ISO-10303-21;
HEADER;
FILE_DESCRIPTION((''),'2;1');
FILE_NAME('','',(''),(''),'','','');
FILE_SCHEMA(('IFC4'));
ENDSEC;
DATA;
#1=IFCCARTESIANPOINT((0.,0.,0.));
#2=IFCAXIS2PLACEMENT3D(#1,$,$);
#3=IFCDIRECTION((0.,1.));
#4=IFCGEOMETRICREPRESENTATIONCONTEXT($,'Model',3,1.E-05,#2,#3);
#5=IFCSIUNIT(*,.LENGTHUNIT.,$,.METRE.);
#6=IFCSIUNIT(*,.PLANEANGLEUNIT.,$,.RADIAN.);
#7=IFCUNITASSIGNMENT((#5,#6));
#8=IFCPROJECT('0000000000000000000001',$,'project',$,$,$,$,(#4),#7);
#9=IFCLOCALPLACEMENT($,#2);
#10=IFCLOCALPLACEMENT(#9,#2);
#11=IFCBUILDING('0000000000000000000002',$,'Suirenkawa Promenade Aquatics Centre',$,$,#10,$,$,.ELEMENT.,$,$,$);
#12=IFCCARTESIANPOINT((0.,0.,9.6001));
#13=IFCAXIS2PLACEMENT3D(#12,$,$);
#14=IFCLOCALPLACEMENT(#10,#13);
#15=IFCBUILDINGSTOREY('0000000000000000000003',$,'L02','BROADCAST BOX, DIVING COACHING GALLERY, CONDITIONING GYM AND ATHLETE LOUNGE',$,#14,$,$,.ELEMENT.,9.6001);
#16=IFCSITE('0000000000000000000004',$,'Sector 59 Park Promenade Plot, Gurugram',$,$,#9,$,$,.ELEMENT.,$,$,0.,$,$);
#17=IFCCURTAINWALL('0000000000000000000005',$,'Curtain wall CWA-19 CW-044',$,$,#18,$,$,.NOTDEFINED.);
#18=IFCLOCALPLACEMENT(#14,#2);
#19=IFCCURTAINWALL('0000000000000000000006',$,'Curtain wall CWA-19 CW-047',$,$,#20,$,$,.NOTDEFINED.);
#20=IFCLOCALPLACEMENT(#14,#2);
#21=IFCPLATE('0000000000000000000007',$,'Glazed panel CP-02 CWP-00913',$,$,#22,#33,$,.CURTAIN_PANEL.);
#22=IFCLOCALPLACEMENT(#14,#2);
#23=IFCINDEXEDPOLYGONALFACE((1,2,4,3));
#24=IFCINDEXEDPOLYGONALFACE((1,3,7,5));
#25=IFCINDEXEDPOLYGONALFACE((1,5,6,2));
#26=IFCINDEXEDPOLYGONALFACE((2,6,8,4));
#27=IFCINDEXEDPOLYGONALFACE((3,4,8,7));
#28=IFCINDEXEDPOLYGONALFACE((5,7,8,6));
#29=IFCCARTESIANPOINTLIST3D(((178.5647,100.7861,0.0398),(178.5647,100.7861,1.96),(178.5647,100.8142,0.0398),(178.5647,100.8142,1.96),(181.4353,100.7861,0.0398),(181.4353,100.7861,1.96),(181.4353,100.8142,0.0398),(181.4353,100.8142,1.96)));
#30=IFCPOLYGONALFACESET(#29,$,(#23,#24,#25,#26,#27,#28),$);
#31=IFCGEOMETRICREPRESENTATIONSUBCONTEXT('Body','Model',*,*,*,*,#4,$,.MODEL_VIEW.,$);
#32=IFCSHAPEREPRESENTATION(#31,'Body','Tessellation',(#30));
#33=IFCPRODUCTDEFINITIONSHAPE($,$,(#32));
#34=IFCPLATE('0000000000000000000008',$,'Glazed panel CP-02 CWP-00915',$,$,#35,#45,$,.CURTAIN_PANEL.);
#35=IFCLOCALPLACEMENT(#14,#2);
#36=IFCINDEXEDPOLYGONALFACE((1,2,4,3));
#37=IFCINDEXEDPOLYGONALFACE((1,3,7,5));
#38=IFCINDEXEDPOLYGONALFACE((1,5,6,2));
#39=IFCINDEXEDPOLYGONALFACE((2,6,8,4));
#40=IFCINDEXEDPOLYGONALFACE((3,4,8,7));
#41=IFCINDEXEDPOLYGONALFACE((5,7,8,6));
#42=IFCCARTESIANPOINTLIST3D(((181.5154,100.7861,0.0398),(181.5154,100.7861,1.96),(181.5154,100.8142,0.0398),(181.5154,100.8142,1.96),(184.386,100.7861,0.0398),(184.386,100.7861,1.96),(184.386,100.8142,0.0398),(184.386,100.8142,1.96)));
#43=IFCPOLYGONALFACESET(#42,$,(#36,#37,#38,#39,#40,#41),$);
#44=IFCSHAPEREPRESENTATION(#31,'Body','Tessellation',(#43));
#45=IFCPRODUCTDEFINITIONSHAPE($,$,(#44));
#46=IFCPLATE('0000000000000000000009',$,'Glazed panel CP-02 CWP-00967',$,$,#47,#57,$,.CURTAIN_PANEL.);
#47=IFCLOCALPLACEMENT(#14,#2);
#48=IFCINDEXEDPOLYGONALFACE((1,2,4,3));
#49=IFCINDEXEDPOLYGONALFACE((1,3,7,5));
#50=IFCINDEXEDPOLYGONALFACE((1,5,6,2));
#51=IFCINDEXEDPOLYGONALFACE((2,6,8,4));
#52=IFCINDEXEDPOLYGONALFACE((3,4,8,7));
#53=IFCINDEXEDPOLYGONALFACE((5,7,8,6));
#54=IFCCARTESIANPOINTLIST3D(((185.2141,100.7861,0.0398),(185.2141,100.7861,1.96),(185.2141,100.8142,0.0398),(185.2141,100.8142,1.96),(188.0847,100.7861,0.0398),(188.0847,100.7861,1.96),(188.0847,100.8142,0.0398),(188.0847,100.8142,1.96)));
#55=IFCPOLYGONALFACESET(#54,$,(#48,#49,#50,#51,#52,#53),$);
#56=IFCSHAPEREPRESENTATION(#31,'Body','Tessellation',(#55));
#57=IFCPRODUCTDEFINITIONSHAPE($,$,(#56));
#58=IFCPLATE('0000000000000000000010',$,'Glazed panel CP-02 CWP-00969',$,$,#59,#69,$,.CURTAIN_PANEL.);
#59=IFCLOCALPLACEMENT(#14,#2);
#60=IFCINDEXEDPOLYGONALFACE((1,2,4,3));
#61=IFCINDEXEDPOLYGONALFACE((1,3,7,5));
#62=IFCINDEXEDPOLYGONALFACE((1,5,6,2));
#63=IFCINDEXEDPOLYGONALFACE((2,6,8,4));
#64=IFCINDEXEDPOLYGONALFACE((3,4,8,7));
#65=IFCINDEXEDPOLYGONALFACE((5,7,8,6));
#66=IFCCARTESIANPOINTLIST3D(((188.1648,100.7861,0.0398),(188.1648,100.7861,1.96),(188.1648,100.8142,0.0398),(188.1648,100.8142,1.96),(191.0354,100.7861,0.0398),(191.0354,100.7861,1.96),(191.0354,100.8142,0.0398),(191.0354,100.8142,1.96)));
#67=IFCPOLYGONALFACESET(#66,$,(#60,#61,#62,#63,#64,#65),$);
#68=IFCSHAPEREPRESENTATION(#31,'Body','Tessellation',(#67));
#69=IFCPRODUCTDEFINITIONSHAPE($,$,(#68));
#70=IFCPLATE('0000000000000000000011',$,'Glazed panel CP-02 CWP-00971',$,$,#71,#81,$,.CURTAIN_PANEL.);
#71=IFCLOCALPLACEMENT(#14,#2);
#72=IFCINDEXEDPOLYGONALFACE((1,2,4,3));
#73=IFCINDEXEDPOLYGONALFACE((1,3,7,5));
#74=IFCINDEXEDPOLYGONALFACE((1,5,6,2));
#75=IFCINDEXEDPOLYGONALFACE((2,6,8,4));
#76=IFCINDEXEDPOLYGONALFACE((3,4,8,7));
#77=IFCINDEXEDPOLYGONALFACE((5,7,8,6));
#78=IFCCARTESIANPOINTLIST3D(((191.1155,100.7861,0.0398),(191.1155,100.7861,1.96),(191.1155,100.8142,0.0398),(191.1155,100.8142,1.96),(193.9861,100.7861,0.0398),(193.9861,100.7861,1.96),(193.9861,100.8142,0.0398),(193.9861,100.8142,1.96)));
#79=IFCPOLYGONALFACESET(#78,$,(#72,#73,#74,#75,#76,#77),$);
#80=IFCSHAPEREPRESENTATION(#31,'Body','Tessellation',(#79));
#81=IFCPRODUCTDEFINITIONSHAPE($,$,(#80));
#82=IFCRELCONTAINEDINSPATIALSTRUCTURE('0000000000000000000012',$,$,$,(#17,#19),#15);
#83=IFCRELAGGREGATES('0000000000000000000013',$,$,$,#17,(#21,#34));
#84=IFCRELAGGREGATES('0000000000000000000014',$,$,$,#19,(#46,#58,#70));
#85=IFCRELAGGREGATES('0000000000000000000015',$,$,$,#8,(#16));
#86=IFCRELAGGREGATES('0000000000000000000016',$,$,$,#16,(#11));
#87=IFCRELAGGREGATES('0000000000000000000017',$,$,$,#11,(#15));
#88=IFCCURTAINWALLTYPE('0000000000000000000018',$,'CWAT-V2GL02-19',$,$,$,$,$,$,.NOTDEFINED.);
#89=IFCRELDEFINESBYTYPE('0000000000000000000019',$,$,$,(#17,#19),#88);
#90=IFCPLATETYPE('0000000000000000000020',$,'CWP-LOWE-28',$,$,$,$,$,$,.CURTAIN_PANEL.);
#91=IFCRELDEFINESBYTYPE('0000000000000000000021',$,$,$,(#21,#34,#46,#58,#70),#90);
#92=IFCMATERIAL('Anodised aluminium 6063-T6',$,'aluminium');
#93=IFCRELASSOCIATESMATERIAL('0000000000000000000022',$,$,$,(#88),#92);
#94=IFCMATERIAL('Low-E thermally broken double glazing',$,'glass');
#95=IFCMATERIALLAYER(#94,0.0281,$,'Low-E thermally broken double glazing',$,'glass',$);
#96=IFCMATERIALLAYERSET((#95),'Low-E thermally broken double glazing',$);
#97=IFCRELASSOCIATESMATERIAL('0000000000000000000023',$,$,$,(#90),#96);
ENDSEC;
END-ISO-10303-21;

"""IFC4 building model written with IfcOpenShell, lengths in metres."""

from ifc_helpers import new_model, si_unit, direction, frame, origin, place, context, subcontext, project, spatial, polyline, outline, extrude, material, layer, layer_set, type_object, element, aggregate, save


model = new_model("IFC4")

# Units and contexts
model_context = context("Model", 3, precision=1e-05, world=origin(), true_north=direction((0.0, 1.0)))
body_context = subcontext(model_context, "Body", "Model", "MODEL_VIEW")
ifc_project = project(units=[si_unit("LENGTHUNIT", "METRE"), si_unit("PLANEANGLEUNIT", "RADIAN")], contexts=[model_context])

# Site, building, storey
site_placement = place(None, origin())
site = spatial("IfcSite", under=ifc_project, at=site_placement, Name="Sector 59 Park Promenade Plot, Gurugram", CompositionType="ELEMENT", RefElevation=0.0)
building_placement = place(site_placement, origin())
building = spatial("IfcBuilding", under=site, at=building_placement, Name="Suirenkawa Promenade Aquatics Centre", CompositionType="ELEMENT")
storey_placement = place(building_placement, frame((0.0, 0.0, 9.6001)))
storey = spatial("IfcBuildingStorey", under=building, at=storey_placement, Name="L02", Description="BROADCAST BOX, DIVING COACHING GALLERY, CONDITIONING GYM AND ATHLETE LOUNGE", CompositionType="ELEMENT", Elevation=9.6001)

# Curtain walls
ifc_material_1 = material(Name="Anodised aluminium 6063-T6", Category="aluminium")
curtain_wall_type = type_object("IfcCurtainWallType", Name="CWAT-V2GL02-19", PredefinedType="NOTDEFINED", material=ifc_material_1)
curtain_wall_1_placement = place(storey_placement, origin())
curtain_wall_1 = element("IfcCurtainWall", 1, at=curtain_wall_1_placement, inside=storey, type_object=curtain_wall_type, Name="Curtain wall CWA-19 CW-044", PredefinedType="NOTDEFINED")
curtain_wall_2_placement = place(storey_placement, origin())
curtain_wall_2 = element("IfcCurtainWall", 2, at=curtain_wall_2_placement, inside=storey, type_object=curtain_wall_type, Name="Curtain wall CWA-19 CW-047", PredefinedType="NOTDEFINED")

# Plates
ifc_material_2 = material(Name="Low-E thermally broken double glazing", Category="glass")
ifc_layer = layer(ifc_material_2, 0.0281, Name="Low-E thermally broken double glazing", Category="glass")
ifc_layer_set = layer_set([ifc_layer], Name="Low-E thermally broken double glazing")
plate_type = type_object("IfcPlateType", Name="CWP-LOWE-28", PredefinedType="CURTAIN_PANEL", material=ifc_layer_set)
plate_1_placement = place(storey_placement, frame((178.5247, 100.8, 0.0398), z_axis=(0.0, 0.0, 1.0), x_axis=(1.0, 0.0, 0.0)))
plate_1 = element("IfcPlate", 3, at=plate_1_placement, type_object=plate_type, Name="Glazed panel CP-02 CWP-00913", PredefinedType="CURTAIN_PANEL", context=body_context, shape_type="SweptSolid", body=[
    extrude(outline(polyline([(0.04, 0.0), (2.9106, 0.0), (2.9106, 1.9202), (0.04, 1.9202), (0.04, 0.0)])), frame((0.0, 0.0142, 0.0), z_axis=(0.0, -1.0, 0.0), x_axis=(1.0, 0.0, 0.0)), (0.0, 0.0, 1.0), 0.0281),
])
plate_2_placement = place(storey_placement, frame((181.4753, 100.8, 0.0398), z_axis=(0.0, 0.0, 1.0), x_axis=(1.0, 0.0, 0.0)))
plate_2 = element("IfcPlate", 4, at=plate_2_placement, type_object=plate_type, Name="Glazed panel CP-02 CWP-00915", PredefinedType="CURTAIN_PANEL", context=body_context, shape_type="SweptSolid", body=[
    extrude(outline(polyline([(0.04, 0.0), (2.9106, 0.0), (2.9106, 1.9202), (0.04, 1.9202), (0.04, 0.0)])), frame((0.0, 0.0142, 0.0), z_axis=(0.0, -1.0, 0.0), x_axis=(1.0, 0.0, 0.0)), (0.0, 0.0, 1.0), 0.0281),
])
aggregate(curtain_wall_1, [plate_1, plate_2])
plate_3_placement = place(storey_placement, frame((185.1741, 100.8, 0.0398), z_axis=(0.0, 0.0, 1.0), x_axis=(1.0, 0.0, 0.0)))
plate_3 = element("IfcPlate", 5, at=plate_3_placement, type_object=plate_type, Name="Glazed panel CP-02 CWP-00967", PredefinedType="CURTAIN_PANEL", context=body_context, shape_type="SweptSolid", body=[
    extrude(outline(polyline([(0.04, 0.0), (2.9106, 0.0), (2.9106, 1.9202), (0.04, 1.9202), (0.04, 0.0)])), frame((0.0, 0.0142, 0.0), z_axis=(0.0, -1.0, 0.0), x_axis=(1.0, 0.0, 0.0)), (0.0, 0.0, 1.0), 0.0281),
])
plate_4_placement = place(storey_placement, frame((188.1248, 100.8, 0.0398), z_axis=(0.0, 0.0, 1.0), x_axis=(1.0, 0.0, 0.0)))
plate_4 = element("IfcPlate", 6, at=plate_4_placement, type_object=plate_type, Name="Glazed panel CP-02 CWP-00969", PredefinedType="CURTAIN_PANEL", context=body_context, shape_type="SweptSolid", body=[
    extrude(outline(polyline([(0.04, 0.0), (2.9106, 0.0), (2.9106, 1.9202), (0.04, 1.9202), (0.04, 0.0)])), frame((0.0, 0.0142, 0.0), z_axis=(0.0, -1.0, 0.0), x_axis=(1.0, 0.0, 0.0)), (0.0, 0.0, 1.0), 0.0281),
])
plate_5_placement = place(storey_placement, frame((191.0754, 100.8, 0.0398), z_axis=(0.0, 0.0, 1.0), x_axis=(1.0, 0.0, 0.0)))
plate_5 = element("IfcPlate", 7, at=plate_5_placement, type_object=plate_type, Name="Glazed panel CP-02 CWP-00971", PredefinedType="CURTAIN_PANEL", context=body_context, shape_type="SweptSolid", body=[
    extrude(outline(polyline([(0.04, 0.0), (2.9106, 0.0), (2.9106, 1.9202), (0.04, 1.9202), (0.04, 0.0)])), frame((0.0, 0.0142, 0.0), z_axis=(0.0, -1.0, 0.0), x_axis=(1.0, 0.0, 0.0)), (0.0, 0.0, 1.0), 0.0281),
])
aggregate(curtain_wall_2, [plate_3, plate_4, plate_5])

save(model, "model.ifc")
